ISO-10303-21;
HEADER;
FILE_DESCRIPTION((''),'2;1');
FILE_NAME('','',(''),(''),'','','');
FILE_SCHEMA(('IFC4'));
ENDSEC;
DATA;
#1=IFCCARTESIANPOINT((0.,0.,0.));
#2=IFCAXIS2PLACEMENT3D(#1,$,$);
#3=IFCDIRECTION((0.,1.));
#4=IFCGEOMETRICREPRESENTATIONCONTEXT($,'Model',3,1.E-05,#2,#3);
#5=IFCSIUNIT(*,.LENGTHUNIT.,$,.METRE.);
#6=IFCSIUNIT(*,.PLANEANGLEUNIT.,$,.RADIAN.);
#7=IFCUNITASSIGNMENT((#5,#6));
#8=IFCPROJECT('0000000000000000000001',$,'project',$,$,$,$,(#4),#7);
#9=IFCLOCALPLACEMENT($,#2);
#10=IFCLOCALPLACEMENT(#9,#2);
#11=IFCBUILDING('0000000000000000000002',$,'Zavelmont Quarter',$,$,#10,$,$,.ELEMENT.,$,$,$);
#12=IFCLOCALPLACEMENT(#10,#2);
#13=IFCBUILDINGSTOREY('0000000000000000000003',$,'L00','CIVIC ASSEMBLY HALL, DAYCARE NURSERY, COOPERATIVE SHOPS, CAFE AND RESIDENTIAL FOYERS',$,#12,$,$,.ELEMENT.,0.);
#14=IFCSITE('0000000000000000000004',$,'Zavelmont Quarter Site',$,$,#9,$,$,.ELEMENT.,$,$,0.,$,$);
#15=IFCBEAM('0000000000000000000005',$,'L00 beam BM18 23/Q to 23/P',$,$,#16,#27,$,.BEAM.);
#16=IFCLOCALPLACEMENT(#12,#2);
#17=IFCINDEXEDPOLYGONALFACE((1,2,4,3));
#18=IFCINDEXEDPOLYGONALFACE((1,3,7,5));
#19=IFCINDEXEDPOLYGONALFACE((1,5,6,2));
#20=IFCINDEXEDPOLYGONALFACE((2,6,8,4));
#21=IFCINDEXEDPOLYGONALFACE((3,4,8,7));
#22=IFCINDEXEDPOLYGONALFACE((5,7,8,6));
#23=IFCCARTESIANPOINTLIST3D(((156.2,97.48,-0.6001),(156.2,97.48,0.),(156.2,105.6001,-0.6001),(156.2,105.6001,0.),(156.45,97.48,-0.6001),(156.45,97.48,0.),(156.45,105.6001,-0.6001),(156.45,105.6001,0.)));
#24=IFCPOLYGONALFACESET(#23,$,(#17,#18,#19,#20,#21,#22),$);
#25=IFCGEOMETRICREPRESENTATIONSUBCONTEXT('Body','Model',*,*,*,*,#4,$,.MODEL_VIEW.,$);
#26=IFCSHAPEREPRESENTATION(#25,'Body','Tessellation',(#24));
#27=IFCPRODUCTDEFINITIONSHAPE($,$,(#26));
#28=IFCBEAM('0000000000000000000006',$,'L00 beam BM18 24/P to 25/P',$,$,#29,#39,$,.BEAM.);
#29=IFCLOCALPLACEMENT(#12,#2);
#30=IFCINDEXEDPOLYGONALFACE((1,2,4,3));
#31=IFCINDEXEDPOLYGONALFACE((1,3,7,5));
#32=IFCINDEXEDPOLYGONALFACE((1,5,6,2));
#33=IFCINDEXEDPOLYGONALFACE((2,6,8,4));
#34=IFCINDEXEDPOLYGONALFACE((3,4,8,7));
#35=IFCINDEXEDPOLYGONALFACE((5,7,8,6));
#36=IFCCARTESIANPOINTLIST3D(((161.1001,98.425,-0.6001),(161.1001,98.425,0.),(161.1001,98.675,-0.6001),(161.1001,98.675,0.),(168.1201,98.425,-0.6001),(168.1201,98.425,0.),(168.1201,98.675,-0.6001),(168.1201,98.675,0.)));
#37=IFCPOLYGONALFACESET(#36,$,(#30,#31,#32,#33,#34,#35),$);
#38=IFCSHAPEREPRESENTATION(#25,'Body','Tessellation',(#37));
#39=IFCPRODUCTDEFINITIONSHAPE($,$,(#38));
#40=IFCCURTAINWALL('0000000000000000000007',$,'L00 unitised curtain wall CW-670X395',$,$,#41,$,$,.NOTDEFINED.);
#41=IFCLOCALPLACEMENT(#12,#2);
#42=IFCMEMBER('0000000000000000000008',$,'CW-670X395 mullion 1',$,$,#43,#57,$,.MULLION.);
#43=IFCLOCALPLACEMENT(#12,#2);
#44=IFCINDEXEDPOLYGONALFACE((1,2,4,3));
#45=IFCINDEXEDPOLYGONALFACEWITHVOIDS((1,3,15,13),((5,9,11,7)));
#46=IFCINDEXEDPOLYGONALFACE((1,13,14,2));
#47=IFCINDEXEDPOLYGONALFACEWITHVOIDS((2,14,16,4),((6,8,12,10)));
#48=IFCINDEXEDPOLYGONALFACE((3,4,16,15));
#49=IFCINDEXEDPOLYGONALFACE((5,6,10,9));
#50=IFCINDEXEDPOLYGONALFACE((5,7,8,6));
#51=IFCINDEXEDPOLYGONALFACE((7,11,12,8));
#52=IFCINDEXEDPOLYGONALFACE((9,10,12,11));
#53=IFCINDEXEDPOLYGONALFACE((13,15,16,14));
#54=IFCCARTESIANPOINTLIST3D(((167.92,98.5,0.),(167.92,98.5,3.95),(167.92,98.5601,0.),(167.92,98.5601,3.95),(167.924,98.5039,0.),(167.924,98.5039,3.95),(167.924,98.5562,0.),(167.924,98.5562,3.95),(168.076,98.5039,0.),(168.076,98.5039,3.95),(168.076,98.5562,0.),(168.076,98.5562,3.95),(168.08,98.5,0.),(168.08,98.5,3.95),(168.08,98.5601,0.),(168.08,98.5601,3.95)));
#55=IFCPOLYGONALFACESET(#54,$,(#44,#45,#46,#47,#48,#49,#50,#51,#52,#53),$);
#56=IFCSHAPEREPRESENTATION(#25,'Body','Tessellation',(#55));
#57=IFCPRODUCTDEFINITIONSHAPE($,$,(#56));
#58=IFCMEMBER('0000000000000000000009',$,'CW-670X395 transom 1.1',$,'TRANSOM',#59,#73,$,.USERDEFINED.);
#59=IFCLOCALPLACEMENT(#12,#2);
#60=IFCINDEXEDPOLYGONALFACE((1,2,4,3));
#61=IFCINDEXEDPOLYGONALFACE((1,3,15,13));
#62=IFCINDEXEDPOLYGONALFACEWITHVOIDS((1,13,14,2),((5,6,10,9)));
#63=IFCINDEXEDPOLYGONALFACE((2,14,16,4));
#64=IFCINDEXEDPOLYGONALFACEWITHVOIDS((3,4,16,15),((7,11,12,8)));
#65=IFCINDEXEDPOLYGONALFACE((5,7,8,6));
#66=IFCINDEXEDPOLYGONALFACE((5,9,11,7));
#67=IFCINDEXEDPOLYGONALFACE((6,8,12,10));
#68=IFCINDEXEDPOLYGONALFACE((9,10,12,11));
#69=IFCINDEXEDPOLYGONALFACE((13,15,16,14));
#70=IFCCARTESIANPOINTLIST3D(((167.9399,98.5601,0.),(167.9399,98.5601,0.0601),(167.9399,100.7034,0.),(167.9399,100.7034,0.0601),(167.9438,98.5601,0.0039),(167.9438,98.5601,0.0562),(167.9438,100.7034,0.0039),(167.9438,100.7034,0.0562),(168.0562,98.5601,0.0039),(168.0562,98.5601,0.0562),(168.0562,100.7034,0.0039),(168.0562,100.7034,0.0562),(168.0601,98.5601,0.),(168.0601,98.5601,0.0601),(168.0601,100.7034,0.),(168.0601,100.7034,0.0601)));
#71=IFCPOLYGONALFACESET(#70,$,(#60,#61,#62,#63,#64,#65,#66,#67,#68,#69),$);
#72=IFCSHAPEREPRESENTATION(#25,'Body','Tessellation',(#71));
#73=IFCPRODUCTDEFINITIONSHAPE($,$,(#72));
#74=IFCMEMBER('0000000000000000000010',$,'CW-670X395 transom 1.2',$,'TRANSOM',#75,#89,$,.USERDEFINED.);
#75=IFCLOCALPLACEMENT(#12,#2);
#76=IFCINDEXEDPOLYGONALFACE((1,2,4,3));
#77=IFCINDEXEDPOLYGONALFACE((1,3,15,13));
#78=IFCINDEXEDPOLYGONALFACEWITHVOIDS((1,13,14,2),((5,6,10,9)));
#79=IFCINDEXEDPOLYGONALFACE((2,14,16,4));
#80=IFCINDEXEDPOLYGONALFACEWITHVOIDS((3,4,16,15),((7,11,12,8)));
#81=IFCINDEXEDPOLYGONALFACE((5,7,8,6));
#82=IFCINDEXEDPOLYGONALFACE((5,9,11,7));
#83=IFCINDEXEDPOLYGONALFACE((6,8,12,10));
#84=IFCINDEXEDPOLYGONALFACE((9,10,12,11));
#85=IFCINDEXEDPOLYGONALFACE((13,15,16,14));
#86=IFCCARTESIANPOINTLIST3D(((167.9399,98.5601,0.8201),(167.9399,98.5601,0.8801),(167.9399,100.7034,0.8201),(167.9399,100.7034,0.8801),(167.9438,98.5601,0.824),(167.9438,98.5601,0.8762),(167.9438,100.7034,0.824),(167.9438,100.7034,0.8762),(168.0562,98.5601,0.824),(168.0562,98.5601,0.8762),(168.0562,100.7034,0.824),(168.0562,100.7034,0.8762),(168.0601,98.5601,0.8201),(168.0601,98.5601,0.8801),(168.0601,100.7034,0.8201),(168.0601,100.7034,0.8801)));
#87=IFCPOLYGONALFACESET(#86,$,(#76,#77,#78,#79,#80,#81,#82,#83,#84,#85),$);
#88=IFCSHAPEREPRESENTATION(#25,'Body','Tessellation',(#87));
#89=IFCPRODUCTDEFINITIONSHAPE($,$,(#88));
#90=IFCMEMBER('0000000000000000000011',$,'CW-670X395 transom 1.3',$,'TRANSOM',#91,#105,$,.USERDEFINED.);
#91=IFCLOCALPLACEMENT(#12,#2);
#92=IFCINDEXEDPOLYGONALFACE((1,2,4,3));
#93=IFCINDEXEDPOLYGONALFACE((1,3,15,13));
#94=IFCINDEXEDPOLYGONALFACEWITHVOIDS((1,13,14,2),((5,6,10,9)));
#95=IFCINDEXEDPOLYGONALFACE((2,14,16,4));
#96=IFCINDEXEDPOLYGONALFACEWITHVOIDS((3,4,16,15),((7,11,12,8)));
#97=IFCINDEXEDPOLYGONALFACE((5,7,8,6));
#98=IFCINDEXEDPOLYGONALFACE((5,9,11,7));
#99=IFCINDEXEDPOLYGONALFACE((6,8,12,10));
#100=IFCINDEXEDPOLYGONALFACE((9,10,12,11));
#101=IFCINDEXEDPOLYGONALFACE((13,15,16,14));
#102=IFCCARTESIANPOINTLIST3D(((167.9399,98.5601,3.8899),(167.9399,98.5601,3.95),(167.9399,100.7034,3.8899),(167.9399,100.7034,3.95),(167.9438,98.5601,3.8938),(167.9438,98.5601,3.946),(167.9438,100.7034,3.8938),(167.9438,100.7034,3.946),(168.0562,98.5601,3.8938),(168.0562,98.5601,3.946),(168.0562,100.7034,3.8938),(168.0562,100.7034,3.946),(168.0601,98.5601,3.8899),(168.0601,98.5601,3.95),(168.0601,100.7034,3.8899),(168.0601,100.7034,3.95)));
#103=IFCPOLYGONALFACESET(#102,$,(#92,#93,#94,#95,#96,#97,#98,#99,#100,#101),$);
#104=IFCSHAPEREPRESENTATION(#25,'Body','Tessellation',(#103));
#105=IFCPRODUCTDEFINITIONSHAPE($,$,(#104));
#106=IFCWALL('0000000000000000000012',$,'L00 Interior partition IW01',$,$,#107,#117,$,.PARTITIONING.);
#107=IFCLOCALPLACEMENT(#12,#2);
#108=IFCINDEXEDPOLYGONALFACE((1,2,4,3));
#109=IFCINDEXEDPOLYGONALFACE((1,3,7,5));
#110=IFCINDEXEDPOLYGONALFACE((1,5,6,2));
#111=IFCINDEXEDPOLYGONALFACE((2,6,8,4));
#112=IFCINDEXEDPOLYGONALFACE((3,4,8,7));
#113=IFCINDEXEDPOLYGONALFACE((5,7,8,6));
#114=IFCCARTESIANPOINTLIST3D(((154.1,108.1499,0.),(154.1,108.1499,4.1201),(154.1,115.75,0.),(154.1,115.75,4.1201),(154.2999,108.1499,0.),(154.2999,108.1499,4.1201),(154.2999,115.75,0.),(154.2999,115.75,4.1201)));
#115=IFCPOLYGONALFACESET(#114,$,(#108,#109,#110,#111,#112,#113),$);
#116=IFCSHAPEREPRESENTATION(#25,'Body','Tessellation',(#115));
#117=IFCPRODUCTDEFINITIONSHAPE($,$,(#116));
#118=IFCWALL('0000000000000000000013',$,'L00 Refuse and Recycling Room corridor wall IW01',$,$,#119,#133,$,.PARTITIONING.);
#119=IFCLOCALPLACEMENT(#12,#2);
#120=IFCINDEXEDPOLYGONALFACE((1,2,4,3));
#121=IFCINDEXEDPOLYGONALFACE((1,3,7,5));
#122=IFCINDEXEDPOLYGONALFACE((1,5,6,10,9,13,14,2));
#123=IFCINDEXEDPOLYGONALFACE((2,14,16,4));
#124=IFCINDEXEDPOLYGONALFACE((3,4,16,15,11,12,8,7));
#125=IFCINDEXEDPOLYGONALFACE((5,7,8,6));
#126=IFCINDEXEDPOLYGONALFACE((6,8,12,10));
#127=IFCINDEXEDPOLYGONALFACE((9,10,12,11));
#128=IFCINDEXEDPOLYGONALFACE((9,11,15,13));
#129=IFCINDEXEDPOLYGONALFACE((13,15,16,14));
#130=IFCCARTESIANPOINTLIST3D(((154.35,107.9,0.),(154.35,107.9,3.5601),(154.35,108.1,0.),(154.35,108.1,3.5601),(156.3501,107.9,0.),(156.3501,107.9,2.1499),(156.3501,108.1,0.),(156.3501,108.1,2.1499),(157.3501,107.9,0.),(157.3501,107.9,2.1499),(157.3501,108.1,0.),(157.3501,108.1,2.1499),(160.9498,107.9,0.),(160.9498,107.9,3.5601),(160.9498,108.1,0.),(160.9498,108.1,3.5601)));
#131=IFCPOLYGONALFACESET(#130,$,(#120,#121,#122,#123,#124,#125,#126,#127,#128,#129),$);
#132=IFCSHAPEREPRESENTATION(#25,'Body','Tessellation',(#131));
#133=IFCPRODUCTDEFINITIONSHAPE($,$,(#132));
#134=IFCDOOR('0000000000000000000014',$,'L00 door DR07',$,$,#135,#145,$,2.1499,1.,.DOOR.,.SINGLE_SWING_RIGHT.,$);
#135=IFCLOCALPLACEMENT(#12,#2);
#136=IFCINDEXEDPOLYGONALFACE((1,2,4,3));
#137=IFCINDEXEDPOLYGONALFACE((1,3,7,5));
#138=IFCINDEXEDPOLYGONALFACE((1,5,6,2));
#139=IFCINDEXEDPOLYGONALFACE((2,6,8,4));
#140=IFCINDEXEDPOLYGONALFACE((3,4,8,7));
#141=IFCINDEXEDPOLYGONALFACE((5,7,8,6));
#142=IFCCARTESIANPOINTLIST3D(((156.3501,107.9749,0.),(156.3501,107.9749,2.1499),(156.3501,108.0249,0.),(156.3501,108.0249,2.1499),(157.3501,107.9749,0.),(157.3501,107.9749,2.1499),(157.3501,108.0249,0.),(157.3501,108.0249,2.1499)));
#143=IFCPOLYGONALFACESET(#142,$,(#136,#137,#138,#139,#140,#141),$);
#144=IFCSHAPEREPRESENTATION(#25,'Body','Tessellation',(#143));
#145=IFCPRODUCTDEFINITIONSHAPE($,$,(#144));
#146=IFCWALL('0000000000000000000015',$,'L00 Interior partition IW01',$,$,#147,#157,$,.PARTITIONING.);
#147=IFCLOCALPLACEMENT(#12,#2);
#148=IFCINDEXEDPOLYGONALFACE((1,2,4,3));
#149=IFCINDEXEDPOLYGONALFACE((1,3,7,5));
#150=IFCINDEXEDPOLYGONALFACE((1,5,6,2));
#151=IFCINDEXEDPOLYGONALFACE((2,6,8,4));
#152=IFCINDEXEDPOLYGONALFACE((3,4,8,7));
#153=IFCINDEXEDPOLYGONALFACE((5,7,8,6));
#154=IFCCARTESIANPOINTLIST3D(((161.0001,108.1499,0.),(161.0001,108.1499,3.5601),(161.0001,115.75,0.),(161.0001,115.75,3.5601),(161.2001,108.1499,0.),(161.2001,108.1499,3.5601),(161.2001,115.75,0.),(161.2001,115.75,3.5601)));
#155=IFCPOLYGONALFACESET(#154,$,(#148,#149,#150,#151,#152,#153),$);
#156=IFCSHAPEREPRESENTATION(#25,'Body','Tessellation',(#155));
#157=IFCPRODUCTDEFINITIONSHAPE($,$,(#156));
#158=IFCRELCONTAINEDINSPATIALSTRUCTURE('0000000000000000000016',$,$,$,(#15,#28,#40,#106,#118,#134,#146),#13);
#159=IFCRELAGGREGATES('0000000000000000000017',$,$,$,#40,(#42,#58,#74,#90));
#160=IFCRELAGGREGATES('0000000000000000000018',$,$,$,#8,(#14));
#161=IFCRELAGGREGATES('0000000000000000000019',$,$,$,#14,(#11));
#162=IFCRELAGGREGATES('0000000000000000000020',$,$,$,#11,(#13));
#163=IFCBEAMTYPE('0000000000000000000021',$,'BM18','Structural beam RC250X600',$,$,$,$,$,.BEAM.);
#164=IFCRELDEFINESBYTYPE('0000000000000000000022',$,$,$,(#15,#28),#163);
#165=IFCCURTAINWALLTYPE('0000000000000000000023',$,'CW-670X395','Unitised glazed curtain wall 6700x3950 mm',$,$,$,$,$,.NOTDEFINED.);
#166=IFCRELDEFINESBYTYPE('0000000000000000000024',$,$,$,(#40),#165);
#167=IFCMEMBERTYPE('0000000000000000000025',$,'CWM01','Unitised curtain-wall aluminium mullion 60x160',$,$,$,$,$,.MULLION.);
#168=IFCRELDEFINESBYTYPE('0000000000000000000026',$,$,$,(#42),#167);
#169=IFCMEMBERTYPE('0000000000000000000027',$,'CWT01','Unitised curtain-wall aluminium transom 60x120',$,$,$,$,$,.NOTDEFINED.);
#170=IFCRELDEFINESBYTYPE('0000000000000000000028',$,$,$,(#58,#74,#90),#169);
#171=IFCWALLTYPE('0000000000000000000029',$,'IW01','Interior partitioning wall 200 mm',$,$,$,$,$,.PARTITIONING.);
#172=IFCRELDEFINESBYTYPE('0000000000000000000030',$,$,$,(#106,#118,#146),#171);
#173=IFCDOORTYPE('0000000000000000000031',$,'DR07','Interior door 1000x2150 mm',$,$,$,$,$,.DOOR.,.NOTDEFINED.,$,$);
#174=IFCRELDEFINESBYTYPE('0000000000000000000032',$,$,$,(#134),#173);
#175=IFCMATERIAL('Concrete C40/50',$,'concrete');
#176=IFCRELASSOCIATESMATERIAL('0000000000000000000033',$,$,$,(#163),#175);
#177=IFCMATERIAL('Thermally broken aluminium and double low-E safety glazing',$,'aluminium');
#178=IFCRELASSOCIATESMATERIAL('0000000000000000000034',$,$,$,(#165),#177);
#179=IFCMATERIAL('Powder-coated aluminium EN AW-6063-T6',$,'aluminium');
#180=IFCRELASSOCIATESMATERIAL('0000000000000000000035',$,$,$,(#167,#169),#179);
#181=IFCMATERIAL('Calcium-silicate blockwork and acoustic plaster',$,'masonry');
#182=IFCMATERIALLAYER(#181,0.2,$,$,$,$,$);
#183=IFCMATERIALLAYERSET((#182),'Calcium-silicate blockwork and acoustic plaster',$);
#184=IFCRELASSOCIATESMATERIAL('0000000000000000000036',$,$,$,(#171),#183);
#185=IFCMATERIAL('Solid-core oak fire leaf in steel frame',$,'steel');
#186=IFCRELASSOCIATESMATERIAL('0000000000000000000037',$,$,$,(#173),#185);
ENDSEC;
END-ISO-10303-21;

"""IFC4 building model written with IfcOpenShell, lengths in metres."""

from ifc_helpers import new_model, si_unit, direction, frame, frame_2d, origin, origin_with_axes, origin_2d, place, context, subcontext, project, spatial, rectangle, hollow_rectangle, extrude, material, layer, layer_set, material_profile, profile_set, type_object, element, fill, aggregate, save


model = new_model("IFC4")

# Units and contexts
model_context = context("Model", 3, precision=1e-05, world=origin(), true_north=direction((0.0, 1.0)))
body_context = subcontext(model_context, "Body", "Model", "MODEL_VIEW")
ifc_project = project(units=[si_unit("LENGTHUNIT", "METRE"), si_unit("PLANEANGLEUNIT", "RADIAN")], contexts=[model_context])

# Site, building, storey
site_placement = place(None, origin())
site = spatial("IfcSite", under=ifc_project, at=site_placement, Name="Zavelmont Quarter Site", CompositionType="ELEMENT", RefElevation=0.0)
building_placement = place(site_placement, origin())
building = spatial("IfcBuilding", under=site, at=building_placement, Name="Zavelmont Quarter", CompositionType="ELEMENT")
storey_placement = place(building_placement, origin())
storey = spatial("IfcBuildingStorey", under=building, at=storey_placement, Name="L00", Description="CIVIC ASSEMBLY HALL, DAYCARE NURSERY, COOPERATIVE SHOPS, CAFE AND RESIDENTIAL FOYERS", CompositionType="ELEMENT", Elevation=0.0)

# Shared definitions
ifc_material_1 = material(Name="Concrete C40/50", Category="concrete")

# Beams
ifc_material_profile_1 = material_profile(ifc_material_1, rectangle(XDim=0.25, YDim=0.6001, at=origin_2d()), Name="RC250X600")
ifc_profile_set_1 = profile_set([ifc_material_profile_1], Name="Concrete C40/50")
beam_type_1 = type_object("IfcBeamType", Name="BM18", Description="Structural beam RC250X600", PredefinedType="BEAM", material=ifc_profile_set_1)
beam_1_placement = place(storey_placement, frame((156.325, 105.6001, -0.3), z_axis=(0.0, -1.0, 0.0), x_axis=(1.0, 0.0, 0.0)))
element("IfcBeam", 1, at=beam_1_placement, inside=storey, type_object=beam_type_1, Name="L00 beam BM18 23/Q to 23/P", PredefinedType="BEAM", context=body_context, shape_type="SweptSolid", body=[
    extrude(rectangle(XDim=0.25, YDim=0.6001, at=origin_2d()), origin(), (0.0, 0.0, 1.0), 8.1201),
])
beam_2_placement = place(storey_placement, frame((161.1001, 98.55, -0.3), z_axis=(1.0, 0.0, 0.0), x_axis=(0.0, 1.0, 0.0)))
element("IfcBeam", 2, at=beam_2_placement, inside=storey, type_object=beam_type_1, Name="L00 beam BM18 24/P to 25/P", PredefinedType="BEAM", context=body_context, shape_type="SweptSolid", body=[
    extrude(rectangle(XDim=0.25, YDim=0.6001, at=origin_2d()), origin(), (0.0, 0.0, 1.0), 7.02),
])

# Curtain wall, members
ifc_material_2 = material(Name="Thermally broken aluminium and double low-E safety glazing", Category="aluminium")
curtain_wall_type = type_object("IfcCurtainWallType", Name="CW-670X395", Description="Unitised glazed curtain wall 6700x3950 mm", PredefinedType="NOTDEFINED", material=ifc_material_2)
curtain_wall_placement = place(storey_placement, origin())
curtain_wall = element("IfcCurtainWall", 3, at=curtain_wall_placement, inside=storey, type_object=curtain_wall_type, Name="L00 unitised curtain wall CW-670X395", PredefinedType="NOTDEFINED")
ifc_material_3 = material(Name="Powder-coated aluminium EN AW-6063-T6", Category="aluminium")
ifc_material_profile_2 = material_profile(ifc_material_3, hollow_rectangle(XDim=0.0601, YDim=0.1599, WallThickness=0.0039, at=origin_2d()), Name="CWM60X160")
ifc_profile_set_2 = profile_set([ifc_material_profile_2], Name="Powder-coated aluminium EN AW-6063-T6")
member_type_1 = type_object("IfcMemberType", Name="CWM01", Description="Unitised curtain-wall aluminium mullion 60x160", PredefinedType="MULLION", material=ifc_profile_set_2)
member_1_placement = place(storey_placement, frame((168.0, 98.53, 0.0), z_axis=(0.0, 0.0, 1.0), x_axis=(0.0, 1.0, 0.0)))
member_1 = element("IfcMember", 4, at=member_1_placement, type_object=member_type_1, Name="CW-670X395 mullion 1", PredefinedType="MULLION", context=body_context, shape_type="SweptSolid", body=[
    extrude(hollow_rectangle(XDim=0.0601, YDim=0.1599, WallThickness=0.0039, at=origin_2d()), origin(), (0.0, 0.0, 1.0), 3.95),
])
ifc_material_profile_3 = material_profile(ifc_material_3, hollow_rectangle(XDim=0.1201, YDim=0.0601, WallThickness=0.0039, at=origin_2d()), Name="CWT60X120")
ifc_profile_set_3 = profile_set([ifc_material_profile_3], Name="Powder-coated aluminium EN AW-6063-T6")
member_type_2 = type_object("IfcMemberType", Name="CWT01", Description="Unitised curtain-wall aluminium transom 60x120", PredefinedType="NOTDEFINED", material=ifc_profile_set_3)
member_2_placement = place(storey_placement, frame((168.0, 98.5601, 0.03), z_axis=(0.0, 1.0, 0.0), x_axis=(-1.0, 0.0, 0.0)))
member_2 = element("IfcMember", 5, at=member_2_placement, type_object=member_type_2, Name="CW-670X395 transom 1.1", ObjectType="TRANSOM", PredefinedType="USERDEFINED", context=body_context, shape_type="SweptSolid", body=[
    extrude(hollow_rectangle(XDim=0.1201, YDim=0.0601, WallThickness=0.0039, at=origin_2d()), origin(), (0.0, 0.0, 1.0), 2.1433),
])
member_3_placement = place(storey_placement, frame((168.0, 98.5601, 0.8501), z_axis=(0.0, 1.0, 0.0), x_axis=(-1.0, 0.0, 0.0)))
member_3 = element("IfcMember", 6, at=member_3_placement, type_object=member_type_2, Name="CW-670X395 transom 1.2", ObjectType="TRANSOM", PredefinedType="USERDEFINED", context=body_context, shape_type="SweptSolid", body=[
    extrude(hollow_rectangle(XDim=0.1201, YDim=0.0601, WallThickness=0.0039, at=origin_2d()), origin(), (0.0, 0.0, 1.0), 2.1433),
])
member_4_placement = place(storey_placement, frame((168.0, 98.5601, 3.9199), z_axis=(0.0, 1.0, 0.0), x_axis=(-1.0, 0.0, 0.0)))
member_4 = element("IfcMember", 7, at=member_4_placement, type_object=member_type_2, Name="CW-670X395 transom 1.3", ObjectType="TRANSOM", PredefinedType="USERDEFINED", context=body_context, shape_type="SweptSolid", body=[
    extrude(hollow_rectangle(XDim=0.1201, YDim=0.0601, WallThickness=0.0039, at=origin_2d()), origin(), (0.0, 0.0, 1.0), 2.1433),
])
aggregate(curtain_wall, [member_1, member_2, member_3, member_4])

# Wall
ifc_material_4 = material(Name="Calcium-silicate blockwork and acoustic plaster", Category="masonry")
ifc_layer_1 = layer(ifc_material_4, 0.2)
ifc_layer_set_1 = layer_set([ifc_layer_1], Name="Calcium-silicate blockwork and acoustic plaster")
wall_type_1 = type_object("IfcWallType", Name="IW01", Description="Interior partitioning wall 200 mm", PredefinedType="PARTITIONING", material=ifc_layer_set_1)
wall_1_placement = place(storey_placement, frame((154.2, 108.1499, 0.0), z_axis=(0.0, 0.0, 1.0), x_axis=(0.0, 1.0, 0.0)))
element("IfcWall", 8, at=wall_1_placement, inside=storey, type_object=wall_type_1, Name="L00 Interior partition IW01", PredefinedType="PARTITIONING", context=body_context, shape_type="SweptSolid", body=[
    extrude(rectangle(XDim=7.6001, YDim=0.2, at=frame_2d((3.8, 0.0))), origin(), (0.0, 0.0, 1.0), 4.1201),
])

# Wall, opening, door
wall_2_placement = place(storey_placement, frame((154.3501, 108.0, 0.0), z_axis=(0.0, 0.0, 1.0), x_axis=(1.0, 0.0, 0.0)))
wall_2 = element("IfcWall", 9, at=wall_2_placement, inside=storey, type_object=wall_type_1, Name="L00 Refuse and Recycling Room corridor wall IW01", PredefinedType="PARTITIONING", context=body_context, shape_type="SweptSolid", body=[
    extrude(rectangle(XDim=6.5999, YDim=0.2, at=frame_2d((3.2998, 0.0))), origin(), (0.0, 0.0, 1.0), 3.5601),
])
opening_1_placement = place(wall_2_placement, frame((2.0, 0.0, 0.0)))
opening_1 = element("IfcOpeningElement", 10, at=opening_1_placement, cuts=wall_2, PredefinedType="OPENING", context=body_context, shape_type="SweptSolid", body=[
    extrude(rectangle(XDim=1.0, YDim=2.1499, at=frame_2d((0.5, 1.075))), frame((0.0, 0.1118, 0.0), z_axis=(0.0, -1.0, 0.0), x_axis=(1.0, 0.0, 0.0)), (0.0, 0.0, 1.0), 0.2239),
])
ifc_material_5 = material(Name="Solid-core oak fire leaf in steel frame", Category="steel")
door_type_1 = type_object("IfcDoorType", Name="DR07", Description="Interior door 1000x2150 mm", OperationType="NOTDEFINED", PredefinedType="DOOR", material=ifc_material_5)
door_1_placement = place(opening_1_placement, origin_with_axes())
door_1 = element("IfcDoor", 11, at=door_1_placement, inside=storey, type_object=door_type_1, Name="L00 door DR07", OperationType="SINGLE_SWING_RIGHT", OverallHeight=2.1499, OverallWidth=1.0, PredefinedType="DOOR", context=body_context, shape_type="SweptSolid", body=[
    extrude(rectangle(XDim=1.0, YDim=2.1499, at=frame_2d((0.5, 1.075))), frame((0.0, 0.0249, 0.0), z_axis=(0.0, -1.0, 0.0), x_axis=(1.0, 0.0, 0.0)), (0.0, 0.0, 1.0), 0.05),
])
fill(opening_1, door_1)

# Wall
wall_3_placement = place(storey_placement, frame((161.1001, 108.1499, 0.0), z_axis=(0.0, 0.0, 1.0), x_axis=(0.0, 1.0, 0.0)))
element("IfcWall", 12, at=wall_3_placement, inside=storey, type_object=wall_type_1, Name="L00 Interior partition IW01", PredefinedType="PARTITIONING", context=body_context, shape_type="SweptSolid", body=[
    extrude(rectangle(XDim=7.6001, YDim=0.2, at=frame_2d((3.8, 0.0))), origin(), (0.0, 0.0, 1.0), 3.5601),
])

save(model, "model.ifc")
